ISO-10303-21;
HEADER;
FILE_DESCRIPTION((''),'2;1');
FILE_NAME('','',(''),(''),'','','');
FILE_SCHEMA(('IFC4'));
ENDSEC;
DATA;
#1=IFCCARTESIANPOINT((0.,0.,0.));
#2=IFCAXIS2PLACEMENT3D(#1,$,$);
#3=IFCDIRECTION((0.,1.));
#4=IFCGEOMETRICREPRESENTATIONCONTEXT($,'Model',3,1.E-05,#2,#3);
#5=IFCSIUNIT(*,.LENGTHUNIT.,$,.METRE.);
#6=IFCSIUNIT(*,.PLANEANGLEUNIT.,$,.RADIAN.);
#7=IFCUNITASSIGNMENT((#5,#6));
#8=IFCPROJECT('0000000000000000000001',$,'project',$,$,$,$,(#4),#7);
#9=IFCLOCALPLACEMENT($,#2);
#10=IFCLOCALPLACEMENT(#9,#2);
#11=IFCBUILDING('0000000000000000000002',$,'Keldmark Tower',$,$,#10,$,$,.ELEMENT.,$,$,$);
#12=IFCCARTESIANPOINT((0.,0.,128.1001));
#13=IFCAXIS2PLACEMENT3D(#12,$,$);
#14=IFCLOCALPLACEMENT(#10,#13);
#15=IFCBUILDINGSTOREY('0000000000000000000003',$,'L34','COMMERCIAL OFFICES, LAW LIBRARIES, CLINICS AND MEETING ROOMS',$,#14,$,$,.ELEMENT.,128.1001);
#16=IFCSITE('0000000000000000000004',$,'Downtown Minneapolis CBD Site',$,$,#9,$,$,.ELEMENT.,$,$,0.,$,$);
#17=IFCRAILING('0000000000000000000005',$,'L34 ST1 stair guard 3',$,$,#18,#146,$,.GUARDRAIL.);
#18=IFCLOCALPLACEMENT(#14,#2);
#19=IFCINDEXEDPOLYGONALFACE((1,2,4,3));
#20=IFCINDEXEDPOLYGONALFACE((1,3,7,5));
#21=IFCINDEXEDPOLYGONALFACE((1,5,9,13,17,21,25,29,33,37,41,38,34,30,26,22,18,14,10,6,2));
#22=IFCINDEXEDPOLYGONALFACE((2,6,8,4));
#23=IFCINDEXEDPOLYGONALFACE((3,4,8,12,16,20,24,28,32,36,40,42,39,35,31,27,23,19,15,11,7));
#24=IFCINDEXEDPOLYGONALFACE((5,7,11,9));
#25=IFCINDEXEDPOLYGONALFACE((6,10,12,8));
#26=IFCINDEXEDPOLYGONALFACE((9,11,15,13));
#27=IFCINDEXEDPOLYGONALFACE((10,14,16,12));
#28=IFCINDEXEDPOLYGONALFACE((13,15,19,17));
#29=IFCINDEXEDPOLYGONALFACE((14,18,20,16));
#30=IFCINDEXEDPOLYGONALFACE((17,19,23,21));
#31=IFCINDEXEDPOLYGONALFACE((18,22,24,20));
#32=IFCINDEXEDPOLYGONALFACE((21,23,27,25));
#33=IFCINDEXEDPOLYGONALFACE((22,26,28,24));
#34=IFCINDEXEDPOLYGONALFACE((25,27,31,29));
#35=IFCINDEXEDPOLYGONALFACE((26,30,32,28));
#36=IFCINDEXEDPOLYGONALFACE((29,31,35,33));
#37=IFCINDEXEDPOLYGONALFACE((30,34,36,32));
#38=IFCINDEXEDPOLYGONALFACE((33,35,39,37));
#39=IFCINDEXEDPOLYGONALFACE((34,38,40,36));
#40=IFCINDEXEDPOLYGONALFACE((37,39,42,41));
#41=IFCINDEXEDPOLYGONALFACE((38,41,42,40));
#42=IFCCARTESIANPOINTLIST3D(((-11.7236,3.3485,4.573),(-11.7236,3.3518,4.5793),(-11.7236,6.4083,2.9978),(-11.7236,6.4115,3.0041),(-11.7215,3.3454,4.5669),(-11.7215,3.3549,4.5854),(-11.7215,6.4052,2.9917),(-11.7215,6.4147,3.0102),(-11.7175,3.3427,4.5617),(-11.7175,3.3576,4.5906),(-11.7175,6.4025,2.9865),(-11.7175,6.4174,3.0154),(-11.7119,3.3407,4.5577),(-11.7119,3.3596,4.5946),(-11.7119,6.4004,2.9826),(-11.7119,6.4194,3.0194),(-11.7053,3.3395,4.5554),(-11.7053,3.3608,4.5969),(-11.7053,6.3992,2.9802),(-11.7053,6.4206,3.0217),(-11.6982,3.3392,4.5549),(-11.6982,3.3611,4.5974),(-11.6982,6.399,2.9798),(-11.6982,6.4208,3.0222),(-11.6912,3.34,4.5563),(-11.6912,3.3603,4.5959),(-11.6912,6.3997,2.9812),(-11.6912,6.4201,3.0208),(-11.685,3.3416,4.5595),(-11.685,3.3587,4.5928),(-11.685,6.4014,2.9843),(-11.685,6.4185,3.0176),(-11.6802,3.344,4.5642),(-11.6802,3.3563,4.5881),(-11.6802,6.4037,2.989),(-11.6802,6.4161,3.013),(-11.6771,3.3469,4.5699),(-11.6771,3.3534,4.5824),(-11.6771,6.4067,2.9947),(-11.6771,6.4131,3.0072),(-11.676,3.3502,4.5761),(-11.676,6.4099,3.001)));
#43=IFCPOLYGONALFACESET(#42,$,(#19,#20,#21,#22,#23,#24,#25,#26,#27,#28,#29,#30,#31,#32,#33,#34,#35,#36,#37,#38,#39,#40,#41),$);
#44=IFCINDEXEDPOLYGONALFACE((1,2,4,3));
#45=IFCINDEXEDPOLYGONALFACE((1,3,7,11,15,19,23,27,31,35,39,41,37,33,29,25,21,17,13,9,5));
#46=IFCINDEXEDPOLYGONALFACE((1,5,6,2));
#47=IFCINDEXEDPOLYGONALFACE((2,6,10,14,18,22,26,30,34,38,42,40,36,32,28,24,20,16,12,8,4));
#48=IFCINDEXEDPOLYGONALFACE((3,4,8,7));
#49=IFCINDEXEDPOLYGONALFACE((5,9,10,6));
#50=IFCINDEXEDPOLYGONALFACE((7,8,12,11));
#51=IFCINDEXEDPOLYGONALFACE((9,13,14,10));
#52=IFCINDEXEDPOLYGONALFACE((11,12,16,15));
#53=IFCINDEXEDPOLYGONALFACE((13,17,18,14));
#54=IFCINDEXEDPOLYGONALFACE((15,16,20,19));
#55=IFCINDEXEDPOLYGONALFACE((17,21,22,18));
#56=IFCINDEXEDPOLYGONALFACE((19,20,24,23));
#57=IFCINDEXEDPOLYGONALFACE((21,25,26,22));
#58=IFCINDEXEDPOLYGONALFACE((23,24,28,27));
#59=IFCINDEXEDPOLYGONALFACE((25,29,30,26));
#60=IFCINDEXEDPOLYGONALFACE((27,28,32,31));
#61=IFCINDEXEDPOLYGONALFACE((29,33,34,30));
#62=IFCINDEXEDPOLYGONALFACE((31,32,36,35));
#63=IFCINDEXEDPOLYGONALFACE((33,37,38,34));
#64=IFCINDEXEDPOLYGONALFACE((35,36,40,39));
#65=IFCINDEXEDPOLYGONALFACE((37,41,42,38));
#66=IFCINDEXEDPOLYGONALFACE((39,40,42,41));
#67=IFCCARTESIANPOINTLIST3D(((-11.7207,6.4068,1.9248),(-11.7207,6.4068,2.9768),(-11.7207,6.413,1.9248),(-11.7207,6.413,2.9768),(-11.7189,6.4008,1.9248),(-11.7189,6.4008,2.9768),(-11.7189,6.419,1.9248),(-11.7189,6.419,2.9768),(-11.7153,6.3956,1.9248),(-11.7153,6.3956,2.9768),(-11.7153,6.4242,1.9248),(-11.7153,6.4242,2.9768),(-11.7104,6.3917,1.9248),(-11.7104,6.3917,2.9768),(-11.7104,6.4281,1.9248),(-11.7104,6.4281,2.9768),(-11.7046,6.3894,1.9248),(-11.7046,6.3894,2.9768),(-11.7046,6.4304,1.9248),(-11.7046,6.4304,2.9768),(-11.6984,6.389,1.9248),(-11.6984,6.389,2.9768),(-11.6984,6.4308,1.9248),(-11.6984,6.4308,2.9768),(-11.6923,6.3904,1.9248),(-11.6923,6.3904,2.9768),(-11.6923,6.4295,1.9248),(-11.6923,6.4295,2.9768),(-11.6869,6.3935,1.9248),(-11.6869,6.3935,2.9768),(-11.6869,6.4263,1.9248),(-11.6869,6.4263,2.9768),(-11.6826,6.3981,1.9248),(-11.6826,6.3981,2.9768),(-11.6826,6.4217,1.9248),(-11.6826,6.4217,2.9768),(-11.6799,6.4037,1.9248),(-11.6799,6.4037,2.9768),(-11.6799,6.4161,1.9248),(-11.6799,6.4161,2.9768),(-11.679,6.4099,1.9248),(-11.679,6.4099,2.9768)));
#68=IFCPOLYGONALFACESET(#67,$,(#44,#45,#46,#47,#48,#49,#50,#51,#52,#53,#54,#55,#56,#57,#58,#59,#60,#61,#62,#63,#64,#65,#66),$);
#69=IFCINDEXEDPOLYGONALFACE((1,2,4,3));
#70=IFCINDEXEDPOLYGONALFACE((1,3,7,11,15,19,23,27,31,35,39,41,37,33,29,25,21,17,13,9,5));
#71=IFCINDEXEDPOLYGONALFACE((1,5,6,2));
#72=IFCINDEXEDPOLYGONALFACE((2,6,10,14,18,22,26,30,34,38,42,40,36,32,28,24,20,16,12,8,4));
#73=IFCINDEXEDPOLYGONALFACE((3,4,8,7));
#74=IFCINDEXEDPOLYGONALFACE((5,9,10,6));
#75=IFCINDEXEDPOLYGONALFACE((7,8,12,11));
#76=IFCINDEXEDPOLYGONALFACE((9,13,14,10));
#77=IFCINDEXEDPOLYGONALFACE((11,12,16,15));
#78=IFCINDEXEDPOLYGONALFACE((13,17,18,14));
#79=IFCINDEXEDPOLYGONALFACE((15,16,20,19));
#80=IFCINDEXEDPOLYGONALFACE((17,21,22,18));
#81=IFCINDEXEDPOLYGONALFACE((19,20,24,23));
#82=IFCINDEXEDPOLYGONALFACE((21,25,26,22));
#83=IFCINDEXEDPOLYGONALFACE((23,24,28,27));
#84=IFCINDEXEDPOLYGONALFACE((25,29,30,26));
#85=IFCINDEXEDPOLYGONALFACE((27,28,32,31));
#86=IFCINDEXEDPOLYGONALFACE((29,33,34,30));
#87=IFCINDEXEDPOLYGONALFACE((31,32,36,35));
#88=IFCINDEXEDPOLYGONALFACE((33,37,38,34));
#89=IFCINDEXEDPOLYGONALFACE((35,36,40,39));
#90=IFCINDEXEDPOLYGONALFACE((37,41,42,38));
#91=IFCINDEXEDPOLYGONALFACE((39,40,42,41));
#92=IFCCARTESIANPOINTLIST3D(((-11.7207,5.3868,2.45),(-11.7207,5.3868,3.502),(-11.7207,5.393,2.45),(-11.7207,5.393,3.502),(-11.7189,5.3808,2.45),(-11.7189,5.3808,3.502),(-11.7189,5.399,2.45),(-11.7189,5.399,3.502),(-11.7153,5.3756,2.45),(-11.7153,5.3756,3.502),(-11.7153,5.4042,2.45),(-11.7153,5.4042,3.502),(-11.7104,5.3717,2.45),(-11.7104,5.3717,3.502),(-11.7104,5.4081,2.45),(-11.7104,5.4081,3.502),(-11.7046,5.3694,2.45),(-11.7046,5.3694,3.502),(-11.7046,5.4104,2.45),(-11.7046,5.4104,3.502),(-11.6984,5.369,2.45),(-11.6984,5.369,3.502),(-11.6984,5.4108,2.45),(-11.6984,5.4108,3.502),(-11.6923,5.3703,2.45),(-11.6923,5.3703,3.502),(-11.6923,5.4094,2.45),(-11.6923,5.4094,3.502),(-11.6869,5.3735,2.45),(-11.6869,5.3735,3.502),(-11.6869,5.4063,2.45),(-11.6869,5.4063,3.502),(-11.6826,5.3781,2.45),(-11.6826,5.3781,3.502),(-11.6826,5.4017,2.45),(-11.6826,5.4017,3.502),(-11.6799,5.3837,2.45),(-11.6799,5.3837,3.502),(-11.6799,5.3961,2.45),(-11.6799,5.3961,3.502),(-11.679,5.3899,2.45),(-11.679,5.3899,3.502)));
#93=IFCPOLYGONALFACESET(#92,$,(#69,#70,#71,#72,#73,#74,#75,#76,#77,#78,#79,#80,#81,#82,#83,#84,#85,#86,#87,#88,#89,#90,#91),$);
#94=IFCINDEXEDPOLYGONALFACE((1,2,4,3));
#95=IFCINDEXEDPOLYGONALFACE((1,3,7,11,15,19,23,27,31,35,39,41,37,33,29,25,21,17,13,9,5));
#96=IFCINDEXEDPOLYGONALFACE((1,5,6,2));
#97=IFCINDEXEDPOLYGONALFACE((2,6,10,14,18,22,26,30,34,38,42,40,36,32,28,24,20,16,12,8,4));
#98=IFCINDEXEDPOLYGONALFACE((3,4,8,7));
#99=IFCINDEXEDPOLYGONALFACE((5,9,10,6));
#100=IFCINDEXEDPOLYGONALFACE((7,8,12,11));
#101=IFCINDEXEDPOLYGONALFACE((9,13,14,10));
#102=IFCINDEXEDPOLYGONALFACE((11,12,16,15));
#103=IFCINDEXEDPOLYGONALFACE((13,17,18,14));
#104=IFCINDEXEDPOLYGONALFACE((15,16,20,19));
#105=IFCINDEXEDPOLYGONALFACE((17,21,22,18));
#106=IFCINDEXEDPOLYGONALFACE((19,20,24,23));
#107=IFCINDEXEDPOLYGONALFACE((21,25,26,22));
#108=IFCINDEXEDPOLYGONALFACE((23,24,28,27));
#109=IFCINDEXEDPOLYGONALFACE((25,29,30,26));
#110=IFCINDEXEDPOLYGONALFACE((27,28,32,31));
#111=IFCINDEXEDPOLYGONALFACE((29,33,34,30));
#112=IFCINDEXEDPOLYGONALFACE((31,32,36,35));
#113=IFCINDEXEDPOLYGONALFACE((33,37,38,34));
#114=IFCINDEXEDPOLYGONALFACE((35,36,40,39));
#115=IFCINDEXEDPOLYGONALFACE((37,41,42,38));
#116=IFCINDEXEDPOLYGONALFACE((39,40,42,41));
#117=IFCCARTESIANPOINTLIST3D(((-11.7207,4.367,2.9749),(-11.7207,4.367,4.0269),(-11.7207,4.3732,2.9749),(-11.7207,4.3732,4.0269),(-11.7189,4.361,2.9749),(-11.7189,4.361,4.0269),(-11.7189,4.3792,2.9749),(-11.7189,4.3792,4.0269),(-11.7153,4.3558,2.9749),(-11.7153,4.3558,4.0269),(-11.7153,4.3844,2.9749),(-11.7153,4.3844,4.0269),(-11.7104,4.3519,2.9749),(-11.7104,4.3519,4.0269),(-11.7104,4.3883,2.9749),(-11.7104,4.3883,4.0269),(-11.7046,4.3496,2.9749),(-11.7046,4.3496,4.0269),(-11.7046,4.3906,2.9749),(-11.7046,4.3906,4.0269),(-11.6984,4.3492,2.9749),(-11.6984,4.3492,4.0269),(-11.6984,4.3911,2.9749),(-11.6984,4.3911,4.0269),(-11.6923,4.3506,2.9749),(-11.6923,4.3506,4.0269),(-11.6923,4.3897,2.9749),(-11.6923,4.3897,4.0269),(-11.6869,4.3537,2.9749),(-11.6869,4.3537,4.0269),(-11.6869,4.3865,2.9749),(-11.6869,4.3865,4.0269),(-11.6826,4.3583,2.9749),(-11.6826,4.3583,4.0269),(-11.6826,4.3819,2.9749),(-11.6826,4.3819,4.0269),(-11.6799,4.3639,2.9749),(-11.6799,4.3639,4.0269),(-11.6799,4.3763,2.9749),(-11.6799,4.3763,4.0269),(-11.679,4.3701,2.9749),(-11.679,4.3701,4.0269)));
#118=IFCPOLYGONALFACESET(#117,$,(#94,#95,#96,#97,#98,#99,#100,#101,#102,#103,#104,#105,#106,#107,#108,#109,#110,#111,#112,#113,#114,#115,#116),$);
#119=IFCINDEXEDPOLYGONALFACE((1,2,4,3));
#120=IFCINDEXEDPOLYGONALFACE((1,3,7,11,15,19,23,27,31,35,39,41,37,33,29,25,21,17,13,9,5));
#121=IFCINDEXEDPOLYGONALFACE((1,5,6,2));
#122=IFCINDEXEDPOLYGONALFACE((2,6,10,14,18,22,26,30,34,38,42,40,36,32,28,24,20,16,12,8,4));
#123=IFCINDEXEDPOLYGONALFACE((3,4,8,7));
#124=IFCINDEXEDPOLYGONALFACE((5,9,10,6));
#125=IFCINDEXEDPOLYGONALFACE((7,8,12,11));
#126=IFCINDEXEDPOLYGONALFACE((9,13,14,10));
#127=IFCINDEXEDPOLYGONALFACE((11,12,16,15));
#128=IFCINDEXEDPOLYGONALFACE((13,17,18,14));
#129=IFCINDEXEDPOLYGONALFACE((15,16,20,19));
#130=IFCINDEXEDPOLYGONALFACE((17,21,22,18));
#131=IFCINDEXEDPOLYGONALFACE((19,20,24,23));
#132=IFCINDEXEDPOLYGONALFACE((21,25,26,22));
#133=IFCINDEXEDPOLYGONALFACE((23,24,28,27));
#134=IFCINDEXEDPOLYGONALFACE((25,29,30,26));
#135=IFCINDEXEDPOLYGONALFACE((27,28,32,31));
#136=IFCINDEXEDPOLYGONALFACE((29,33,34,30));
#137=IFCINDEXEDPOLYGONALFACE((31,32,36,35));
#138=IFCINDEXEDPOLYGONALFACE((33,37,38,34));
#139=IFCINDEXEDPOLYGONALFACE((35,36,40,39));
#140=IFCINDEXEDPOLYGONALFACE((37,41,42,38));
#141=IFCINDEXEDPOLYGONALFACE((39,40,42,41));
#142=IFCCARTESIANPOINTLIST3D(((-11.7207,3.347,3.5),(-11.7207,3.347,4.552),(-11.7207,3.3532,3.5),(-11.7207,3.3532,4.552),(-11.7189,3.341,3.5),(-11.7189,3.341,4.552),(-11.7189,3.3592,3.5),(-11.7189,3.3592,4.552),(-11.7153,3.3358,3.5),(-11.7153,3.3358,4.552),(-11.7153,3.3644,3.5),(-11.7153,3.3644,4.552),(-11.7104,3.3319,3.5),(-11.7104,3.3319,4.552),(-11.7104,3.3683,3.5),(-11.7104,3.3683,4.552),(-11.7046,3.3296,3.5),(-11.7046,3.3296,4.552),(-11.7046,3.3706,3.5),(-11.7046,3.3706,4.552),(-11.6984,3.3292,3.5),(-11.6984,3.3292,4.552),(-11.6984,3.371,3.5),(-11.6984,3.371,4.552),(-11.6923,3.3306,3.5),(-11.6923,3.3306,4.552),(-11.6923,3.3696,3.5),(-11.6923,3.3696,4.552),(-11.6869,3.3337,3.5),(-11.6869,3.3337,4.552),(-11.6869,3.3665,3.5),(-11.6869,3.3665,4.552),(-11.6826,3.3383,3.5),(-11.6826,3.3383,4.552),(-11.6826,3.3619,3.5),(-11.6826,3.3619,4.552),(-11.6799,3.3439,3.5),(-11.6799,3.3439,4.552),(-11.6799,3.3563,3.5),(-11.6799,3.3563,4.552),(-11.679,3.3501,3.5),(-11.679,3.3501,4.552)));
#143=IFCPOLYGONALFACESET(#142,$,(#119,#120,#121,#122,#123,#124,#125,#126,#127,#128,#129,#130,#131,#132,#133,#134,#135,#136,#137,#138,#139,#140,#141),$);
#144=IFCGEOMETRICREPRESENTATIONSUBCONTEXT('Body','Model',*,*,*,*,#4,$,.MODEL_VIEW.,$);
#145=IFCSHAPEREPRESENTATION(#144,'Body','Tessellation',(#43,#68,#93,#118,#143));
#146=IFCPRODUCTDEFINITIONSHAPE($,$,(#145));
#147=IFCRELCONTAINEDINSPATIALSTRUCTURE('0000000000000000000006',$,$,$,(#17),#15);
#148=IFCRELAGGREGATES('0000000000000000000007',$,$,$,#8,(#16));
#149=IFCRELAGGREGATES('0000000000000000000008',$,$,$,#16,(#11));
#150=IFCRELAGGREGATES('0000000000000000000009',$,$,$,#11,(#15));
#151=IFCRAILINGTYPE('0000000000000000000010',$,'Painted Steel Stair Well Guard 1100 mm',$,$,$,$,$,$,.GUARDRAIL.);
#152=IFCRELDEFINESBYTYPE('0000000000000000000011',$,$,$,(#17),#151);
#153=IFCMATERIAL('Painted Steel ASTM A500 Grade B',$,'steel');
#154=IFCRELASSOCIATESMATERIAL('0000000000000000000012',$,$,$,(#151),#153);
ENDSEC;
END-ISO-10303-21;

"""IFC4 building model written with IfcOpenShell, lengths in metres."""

from ifc_helpers import new_model, si_unit, direction, frame, origin, origin_2d, place, context, subcontext, project, spatial, circle, extrude, material, type_object, element, save


model = new_model("IFC4")

# Units and contexts
model_context = context("Model", 3, precision=1e-05, world=origin(), true_north=direction((0.0, 1.0)))
body_context = subcontext(model_context, "Body", "Model", "MODEL_VIEW")
ifc_project = project(units=[si_unit("LENGTHUNIT", "METRE"), si_unit("PLANEANGLEUNIT", "RADIAN")], contexts=[model_context])

# Site, building, storey
site_placement = place(None, origin())
site = spatial("IfcSite", under=ifc_project, at=site_placement, Name="Downtown Minneapolis CBD Site", CompositionType="ELEMENT", RefElevation=0.0)
building_placement = place(site_placement, origin())
building = spatial("IfcBuilding", under=site, at=building_placement, Name="Keldmark Tower", CompositionType="ELEMENT")
storey_placement = place(building_placement, frame((0.0, 0.0, 128.1001)))
storey = spatial("IfcBuildingStorey", under=building, at=storey_placement, Name="L34", Description="COMMERCIAL OFFICES, LAW LIBRARIES, CLINICS AND MEETING ROOMS", CompositionType="ELEMENT", Elevation=128.1001)

# Railing
ifc_material_1 = material(Name="Painted Steel ASTM A500 Grade B", Category="steel")
railing_type_1 = type_object("IfcRailingType", Name="Painted Steel Stair Well Guard 1100 mm", PredefinedType="GUARDRAIL", material=ifc_material_1)
railing_1_placement = place(storey_placement, frame((-11.7, 6.4099, 1.9248)))
element("IfcRailing", 1, at=railing_1_placement, inside=storey, type_object=railing_type_1, Name="L34 ST1 stair guard 3", PredefinedType="GUARDRAIL", context=body_context, shape_type="SweptSolid", body=[
    extrude(circle(Radius=0.0239, at=origin_2d()), frame((0.0, 0.0, 1.0762), z_axis=(0.0, -0.889101, 0.45771), x_axis=(1.0, 0.0, 0.0)), (0.0, 0.0, 1.0), 3.4414),
    extrude(circle(Radius=0.021, at=origin_2d()), origin(), (0.0, 0.0, 1.0), 1.052),
    extrude(circle(Radius=0.021, at=origin_2d()), frame((0.0, -1.02, 0.5251)), (0.0, 0.0, 1.0), 1.052),
    extrude(circle(Radius=0.021, at=origin_2d()), frame((0.0, -2.0398, 1.05)), (0.0, 0.0, 1.0), 1.052),
    extrude(circle(Radius=0.021, at=origin_2d()), frame((0.0, -3.0598, 1.5752)), (0.0, 0.0, 1.0), 1.052),
])

save(model, "model.ifc")
